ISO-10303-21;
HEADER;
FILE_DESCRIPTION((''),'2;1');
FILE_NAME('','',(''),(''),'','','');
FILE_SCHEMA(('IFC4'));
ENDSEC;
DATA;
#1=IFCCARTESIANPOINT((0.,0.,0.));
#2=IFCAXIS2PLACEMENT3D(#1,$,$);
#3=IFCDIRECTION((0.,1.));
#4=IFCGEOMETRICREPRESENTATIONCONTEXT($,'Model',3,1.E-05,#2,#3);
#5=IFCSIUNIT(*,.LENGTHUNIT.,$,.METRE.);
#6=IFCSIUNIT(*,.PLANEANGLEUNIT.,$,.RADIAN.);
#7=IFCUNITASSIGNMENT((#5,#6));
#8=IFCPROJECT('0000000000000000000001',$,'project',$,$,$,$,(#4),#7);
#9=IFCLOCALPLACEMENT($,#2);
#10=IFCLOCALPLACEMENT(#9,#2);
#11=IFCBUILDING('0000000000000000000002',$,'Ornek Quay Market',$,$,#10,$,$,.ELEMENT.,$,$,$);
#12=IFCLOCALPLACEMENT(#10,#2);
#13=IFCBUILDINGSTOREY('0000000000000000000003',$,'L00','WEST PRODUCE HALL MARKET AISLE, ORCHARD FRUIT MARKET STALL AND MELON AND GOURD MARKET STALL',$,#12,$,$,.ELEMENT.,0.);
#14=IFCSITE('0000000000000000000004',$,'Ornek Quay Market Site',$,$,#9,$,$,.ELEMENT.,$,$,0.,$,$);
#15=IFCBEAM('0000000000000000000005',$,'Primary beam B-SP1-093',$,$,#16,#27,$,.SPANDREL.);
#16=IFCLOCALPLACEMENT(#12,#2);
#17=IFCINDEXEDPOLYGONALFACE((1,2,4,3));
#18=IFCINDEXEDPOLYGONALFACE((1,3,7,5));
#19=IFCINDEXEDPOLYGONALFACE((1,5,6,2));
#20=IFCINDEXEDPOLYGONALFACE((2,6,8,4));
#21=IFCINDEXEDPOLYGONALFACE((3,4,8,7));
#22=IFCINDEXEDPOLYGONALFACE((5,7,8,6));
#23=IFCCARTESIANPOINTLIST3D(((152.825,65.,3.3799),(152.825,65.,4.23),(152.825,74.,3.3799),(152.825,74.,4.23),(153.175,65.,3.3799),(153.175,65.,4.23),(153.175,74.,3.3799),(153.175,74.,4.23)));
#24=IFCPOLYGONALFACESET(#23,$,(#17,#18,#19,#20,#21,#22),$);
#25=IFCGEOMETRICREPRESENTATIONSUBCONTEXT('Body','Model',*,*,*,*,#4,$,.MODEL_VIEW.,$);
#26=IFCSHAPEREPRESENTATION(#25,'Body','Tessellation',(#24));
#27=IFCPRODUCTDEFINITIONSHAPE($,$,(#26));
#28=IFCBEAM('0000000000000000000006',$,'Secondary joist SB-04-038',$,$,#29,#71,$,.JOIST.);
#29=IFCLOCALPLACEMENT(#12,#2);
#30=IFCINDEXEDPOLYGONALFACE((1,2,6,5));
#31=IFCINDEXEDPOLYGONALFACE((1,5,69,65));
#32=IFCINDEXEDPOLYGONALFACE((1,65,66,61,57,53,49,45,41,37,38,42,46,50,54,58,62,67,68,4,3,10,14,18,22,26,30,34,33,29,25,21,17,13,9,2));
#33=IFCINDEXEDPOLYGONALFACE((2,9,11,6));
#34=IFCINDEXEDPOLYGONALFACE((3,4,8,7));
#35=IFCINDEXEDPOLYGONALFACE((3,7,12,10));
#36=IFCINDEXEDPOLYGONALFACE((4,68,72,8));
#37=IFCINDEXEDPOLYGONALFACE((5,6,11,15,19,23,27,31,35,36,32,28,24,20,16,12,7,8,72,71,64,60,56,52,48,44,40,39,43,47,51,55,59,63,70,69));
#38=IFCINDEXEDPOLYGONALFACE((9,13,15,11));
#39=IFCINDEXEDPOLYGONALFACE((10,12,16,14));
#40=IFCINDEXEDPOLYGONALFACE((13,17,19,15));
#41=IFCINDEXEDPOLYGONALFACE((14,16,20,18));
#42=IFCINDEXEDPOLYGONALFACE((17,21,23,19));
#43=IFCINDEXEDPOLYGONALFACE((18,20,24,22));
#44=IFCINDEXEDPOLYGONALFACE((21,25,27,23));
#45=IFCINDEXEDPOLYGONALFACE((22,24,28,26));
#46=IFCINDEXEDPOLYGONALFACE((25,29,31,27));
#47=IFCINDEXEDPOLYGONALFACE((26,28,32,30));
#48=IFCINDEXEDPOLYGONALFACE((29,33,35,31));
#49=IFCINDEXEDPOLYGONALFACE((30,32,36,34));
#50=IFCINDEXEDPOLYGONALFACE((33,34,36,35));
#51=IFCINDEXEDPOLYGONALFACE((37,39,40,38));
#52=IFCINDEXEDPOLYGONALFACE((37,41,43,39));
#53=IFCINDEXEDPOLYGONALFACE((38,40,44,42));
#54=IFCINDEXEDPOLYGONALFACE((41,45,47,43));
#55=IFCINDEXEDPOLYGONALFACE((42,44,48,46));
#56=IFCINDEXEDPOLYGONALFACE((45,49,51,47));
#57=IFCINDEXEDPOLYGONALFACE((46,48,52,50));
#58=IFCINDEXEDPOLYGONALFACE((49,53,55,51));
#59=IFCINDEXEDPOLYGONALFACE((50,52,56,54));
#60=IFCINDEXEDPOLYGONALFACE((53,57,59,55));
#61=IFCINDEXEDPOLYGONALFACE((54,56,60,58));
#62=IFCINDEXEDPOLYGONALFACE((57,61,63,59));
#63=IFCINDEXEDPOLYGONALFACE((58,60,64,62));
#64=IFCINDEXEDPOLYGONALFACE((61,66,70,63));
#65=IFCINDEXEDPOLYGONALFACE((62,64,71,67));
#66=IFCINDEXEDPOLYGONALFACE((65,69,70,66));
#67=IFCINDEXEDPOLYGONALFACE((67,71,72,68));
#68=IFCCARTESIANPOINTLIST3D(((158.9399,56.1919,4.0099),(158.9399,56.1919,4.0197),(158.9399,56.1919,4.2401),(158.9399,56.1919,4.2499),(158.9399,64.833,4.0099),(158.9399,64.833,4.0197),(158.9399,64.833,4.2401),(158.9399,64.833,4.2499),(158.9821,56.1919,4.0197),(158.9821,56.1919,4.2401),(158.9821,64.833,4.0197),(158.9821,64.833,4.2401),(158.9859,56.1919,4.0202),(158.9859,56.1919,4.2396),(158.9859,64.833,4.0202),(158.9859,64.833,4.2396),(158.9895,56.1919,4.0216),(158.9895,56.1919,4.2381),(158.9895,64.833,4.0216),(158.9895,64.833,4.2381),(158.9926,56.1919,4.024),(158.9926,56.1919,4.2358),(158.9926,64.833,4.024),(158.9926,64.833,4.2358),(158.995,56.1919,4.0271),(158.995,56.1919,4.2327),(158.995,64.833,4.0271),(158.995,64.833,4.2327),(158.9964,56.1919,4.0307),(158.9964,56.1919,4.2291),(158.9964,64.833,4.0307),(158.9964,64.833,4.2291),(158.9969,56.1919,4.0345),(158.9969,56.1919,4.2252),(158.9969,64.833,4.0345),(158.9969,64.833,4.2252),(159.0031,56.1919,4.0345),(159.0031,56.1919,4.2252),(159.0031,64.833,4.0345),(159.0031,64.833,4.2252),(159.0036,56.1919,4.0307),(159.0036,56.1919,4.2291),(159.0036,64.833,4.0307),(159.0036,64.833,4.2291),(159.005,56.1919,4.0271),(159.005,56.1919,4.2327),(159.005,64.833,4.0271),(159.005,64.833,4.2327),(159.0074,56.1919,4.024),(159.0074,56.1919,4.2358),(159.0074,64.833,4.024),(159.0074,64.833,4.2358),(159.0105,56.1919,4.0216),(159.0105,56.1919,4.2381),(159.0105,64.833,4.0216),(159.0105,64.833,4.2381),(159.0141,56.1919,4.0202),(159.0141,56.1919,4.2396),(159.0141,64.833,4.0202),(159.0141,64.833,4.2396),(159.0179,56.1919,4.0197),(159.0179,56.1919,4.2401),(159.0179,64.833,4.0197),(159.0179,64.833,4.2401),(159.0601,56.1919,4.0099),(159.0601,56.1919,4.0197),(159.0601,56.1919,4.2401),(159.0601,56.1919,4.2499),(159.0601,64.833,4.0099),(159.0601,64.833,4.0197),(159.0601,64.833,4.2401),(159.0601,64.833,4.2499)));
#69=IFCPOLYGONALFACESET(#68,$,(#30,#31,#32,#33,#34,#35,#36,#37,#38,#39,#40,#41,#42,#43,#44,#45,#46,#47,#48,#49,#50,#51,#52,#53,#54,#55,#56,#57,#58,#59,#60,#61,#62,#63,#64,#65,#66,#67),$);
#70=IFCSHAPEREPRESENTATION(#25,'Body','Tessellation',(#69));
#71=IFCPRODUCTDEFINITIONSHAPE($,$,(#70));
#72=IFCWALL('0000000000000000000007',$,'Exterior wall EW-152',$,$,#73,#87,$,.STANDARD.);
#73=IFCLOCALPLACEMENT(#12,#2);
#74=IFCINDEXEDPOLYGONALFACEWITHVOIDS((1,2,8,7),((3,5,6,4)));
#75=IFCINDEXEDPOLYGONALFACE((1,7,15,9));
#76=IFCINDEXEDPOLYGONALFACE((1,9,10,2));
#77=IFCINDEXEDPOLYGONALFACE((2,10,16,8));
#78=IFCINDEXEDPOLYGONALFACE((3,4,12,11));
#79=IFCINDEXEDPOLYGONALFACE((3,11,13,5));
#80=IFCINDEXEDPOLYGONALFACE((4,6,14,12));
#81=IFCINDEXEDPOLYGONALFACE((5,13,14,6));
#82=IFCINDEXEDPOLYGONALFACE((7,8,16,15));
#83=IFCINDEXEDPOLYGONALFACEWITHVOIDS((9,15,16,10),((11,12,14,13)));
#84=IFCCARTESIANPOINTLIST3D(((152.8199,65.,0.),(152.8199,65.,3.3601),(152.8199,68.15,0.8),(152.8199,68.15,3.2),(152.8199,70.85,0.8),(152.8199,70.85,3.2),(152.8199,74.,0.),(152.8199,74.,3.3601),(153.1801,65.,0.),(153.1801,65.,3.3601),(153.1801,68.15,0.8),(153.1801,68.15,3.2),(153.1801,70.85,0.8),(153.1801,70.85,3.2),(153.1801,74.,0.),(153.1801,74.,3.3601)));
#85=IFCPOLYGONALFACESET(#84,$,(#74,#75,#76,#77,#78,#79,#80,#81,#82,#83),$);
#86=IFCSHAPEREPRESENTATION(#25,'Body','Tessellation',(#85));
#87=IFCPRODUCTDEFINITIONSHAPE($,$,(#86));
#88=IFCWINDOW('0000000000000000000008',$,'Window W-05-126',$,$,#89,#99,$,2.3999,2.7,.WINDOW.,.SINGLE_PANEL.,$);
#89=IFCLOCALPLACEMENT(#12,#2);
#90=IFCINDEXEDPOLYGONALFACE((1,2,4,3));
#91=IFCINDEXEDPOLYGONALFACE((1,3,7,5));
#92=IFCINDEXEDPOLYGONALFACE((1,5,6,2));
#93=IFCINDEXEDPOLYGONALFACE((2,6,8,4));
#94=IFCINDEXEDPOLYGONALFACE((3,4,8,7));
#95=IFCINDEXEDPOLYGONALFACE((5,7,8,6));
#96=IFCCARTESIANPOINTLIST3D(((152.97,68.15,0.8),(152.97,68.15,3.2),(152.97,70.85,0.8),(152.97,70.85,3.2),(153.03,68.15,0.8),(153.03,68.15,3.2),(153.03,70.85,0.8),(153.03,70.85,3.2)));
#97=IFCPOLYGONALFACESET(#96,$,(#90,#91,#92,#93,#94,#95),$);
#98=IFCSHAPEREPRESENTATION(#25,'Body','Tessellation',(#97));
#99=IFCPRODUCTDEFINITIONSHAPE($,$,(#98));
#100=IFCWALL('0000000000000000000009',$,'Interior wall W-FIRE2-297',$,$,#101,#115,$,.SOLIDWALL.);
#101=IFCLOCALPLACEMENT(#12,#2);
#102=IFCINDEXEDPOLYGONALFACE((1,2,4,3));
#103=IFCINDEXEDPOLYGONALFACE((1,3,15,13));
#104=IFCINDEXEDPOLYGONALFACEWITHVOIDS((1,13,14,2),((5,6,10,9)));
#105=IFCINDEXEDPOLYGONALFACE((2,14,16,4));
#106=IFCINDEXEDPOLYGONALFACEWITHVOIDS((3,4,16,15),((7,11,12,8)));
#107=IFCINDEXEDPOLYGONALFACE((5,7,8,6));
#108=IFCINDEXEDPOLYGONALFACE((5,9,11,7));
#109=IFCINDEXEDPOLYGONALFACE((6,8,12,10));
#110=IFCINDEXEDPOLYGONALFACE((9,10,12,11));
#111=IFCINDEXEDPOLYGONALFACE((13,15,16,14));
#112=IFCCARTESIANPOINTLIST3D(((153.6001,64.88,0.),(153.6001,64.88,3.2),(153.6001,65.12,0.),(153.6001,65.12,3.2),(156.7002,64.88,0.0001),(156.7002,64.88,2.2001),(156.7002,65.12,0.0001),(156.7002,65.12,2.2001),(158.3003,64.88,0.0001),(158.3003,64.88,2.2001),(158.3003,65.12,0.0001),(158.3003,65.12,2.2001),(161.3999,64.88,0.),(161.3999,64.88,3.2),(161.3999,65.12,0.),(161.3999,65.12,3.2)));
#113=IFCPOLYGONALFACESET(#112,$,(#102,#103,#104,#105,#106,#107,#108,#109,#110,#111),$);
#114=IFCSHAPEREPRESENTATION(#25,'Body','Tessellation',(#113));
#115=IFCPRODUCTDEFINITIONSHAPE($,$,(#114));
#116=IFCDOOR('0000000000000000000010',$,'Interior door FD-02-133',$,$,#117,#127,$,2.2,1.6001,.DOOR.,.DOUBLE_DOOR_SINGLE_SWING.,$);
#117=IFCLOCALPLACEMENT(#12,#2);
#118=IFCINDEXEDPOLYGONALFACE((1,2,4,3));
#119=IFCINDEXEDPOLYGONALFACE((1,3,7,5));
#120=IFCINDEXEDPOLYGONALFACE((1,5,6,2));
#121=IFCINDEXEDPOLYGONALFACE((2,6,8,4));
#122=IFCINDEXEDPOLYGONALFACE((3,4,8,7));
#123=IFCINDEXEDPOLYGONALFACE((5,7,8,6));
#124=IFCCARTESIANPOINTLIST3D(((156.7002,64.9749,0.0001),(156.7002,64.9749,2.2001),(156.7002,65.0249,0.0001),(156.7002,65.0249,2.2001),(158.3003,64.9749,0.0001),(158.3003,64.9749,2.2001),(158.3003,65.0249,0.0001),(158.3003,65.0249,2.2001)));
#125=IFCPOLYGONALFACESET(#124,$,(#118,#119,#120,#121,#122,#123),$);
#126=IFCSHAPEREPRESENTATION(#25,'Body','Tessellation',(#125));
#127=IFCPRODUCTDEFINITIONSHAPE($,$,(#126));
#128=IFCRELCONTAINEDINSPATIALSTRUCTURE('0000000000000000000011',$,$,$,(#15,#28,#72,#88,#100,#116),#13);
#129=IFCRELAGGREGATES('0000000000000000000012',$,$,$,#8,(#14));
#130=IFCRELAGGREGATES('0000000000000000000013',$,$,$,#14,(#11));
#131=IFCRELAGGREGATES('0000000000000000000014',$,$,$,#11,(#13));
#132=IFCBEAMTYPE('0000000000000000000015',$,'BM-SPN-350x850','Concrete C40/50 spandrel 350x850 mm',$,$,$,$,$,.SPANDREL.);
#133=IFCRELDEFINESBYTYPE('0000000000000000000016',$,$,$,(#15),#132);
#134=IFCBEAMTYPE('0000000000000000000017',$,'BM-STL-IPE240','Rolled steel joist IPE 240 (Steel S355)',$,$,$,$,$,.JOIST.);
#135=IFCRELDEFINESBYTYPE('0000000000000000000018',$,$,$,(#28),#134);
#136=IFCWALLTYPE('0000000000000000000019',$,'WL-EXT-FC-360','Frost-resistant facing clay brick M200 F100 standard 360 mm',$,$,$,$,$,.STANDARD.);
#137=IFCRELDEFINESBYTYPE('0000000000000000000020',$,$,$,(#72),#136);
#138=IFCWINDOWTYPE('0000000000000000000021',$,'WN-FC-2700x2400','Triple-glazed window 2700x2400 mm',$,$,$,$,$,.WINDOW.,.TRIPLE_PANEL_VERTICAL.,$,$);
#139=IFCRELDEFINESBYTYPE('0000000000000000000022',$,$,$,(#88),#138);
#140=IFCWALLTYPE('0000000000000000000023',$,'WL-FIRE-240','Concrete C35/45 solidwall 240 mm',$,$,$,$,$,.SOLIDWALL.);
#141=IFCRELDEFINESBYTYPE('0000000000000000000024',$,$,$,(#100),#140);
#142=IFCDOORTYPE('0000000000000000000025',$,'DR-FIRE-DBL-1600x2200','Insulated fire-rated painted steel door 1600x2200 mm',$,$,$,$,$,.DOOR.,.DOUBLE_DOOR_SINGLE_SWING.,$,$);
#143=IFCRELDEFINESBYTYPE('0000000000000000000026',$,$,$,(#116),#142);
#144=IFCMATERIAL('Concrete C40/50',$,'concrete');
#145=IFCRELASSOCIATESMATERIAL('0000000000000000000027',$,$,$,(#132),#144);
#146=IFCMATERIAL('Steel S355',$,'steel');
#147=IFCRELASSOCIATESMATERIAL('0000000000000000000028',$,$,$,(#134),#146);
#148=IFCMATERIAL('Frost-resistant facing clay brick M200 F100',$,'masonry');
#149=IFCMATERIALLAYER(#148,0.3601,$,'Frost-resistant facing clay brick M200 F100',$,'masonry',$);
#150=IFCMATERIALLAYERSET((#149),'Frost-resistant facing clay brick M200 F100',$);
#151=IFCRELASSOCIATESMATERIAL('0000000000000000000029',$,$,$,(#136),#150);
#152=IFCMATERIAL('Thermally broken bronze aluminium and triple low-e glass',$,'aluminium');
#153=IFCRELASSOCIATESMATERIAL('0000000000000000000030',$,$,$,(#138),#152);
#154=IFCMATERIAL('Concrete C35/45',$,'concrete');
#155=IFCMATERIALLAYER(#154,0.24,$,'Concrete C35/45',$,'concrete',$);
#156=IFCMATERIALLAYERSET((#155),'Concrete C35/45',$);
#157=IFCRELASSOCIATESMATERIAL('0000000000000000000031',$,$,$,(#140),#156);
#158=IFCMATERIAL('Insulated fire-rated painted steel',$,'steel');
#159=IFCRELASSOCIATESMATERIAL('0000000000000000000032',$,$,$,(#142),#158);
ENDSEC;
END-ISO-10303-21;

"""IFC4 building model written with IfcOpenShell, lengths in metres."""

from ifc_helpers import new_model, si_unit, direction, frame, frame_2d, origin, origin_2d, place, context, subcontext, project, spatial, rectangle, i_section, extrude, material, layer, layer_set, material_profile, profile_set, type_object, element, fill, save


model = new_model("IFC4")

# Units and contexts
model_context = context("Model", 3, precision=1e-05, world=origin(), true_north=direction((0.0, 1.0)))
body_context = subcontext(model_context, "Body", "Model", "MODEL_VIEW")
ifc_project = project(units=[si_unit("LENGTHUNIT", "METRE"), si_unit("PLANEANGLEUNIT", "RADIAN")], contexts=[model_context])

# Site, building, storey
site_placement = place(None, origin())
site = spatial("IfcSite", under=ifc_project, at=site_placement, Name="Ornek Quay Market Site", CompositionType="ELEMENT", RefElevation=0.0)
building_placement = place(site_placement, origin())
building = spatial("IfcBuilding", under=site, at=building_placement, Name="Ornek Quay Market", CompositionType="ELEMENT")
storey_placement = place(building_placement, origin())
storey = spatial("IfcBuildingStorey", under=building, at=storey_placement, Name="L00", Description="WEST PRODUCE HALL MARKET AISLE, ORCHARD FRUIT MARKET STALL AND MELON AND GOURD MARKET STALL", CompositionType="ELEMENT", Elevation=0.0)

# Shared definitions
ifc_material_1 = material(Name="Concrete C35/45", Category="concrete")

# Shared definitions
ifc_material_2 = material(Name="Concrete C40/50", Category="concrete")

# Beams
ifc_material_profile_1 = material_profile(ifc_material_2, rectangle(XDim=0.3501, YDim=0.8501, at=origin_2d()), Name="RC 350x850", Category="concrete")
ifc_profile_set_1 = profile_set([ifc_material_profile_1], Name="Concrete C40/50")
beam_type_1 = type_object("IfcBeamType", Name="BM-SPN-350x850", Description="Concrete C40/50 spandrel 350x850 mm", PredefinedType="SPANDREL", material=ifc_profile_set_1)
for number, where, z_axis, x_axis, name in (
    (1, (153.0, 65.0, 3.8049), (0.0, 1.0, 0.0), (-1.0, 0.0, 0.0), "Primary beam B-SP1-093"),
):
    element("IfcBeam", number, at=place(storey_placement, frame(where, z_axis=z_axis, x_axis=x_axis)), inside=storey, type_object=beam_type_1, Name=name, PredefinedType="SPANDREL", context=body_context, shape_type="SweptSolid", body=[
        extrude(rectangle(XDim=0.3501, YDim=0.8501, at=origin_2d()), origin(), (0.0, 0.0, 1.0), 9.0),
    ])
ifc_material_3 = material(Name="Steel S355", Category="steel")
ifc_material_profile_2 = material_profile(ifc_material_3, i_section(OverallWidth=0.1201, OverallDepth=0.24, WebThickness=0.0061, FlangeThickness=0.0098, FilletRadius=0.0149, at=origin_2d()), Name="IPE 240", Category="steel")
ifc_profile_set_2 = profile_set([ifc_material_profile_2], Name="Steel S355")
beam_type_2 = type_object("IfcBeamType", Name="BM-STL-IPE240", Description="Rolled steel joist IPE 240 (Steel S355)", PredefinedType="JOIST", material=ifc_profile_set_2)
beam_1_placement = place(storey_placement, frame((159.0, 56.1919, 4.1299), z_axis=(0.0, 1.0, 0.0), x_axis=(-1.0, 0.0, 0.0)))
element("IfcBeam", 2, at=beam_1_placement, inside=storey, type_object=beam_type_2, Name="Secondary joist SB-04-038", PredefinedType="JOIST", context=body_context, shape_type="SweptSolid", body=[
    extrude(i_section(OverallWidth=0.1201, OverallDepth=0.24, WebThickness=0.0061, FlangeThickness=0.0098, FilletRadius=0.0149, at=origin_2d()), origin(), (0.0, 0.0, 1.0), 8.6411),
])

# Wall, opening, window
ifc_material_4 = material(Name="Frost-resistant facing clay brick M200 F100", Category="masonry")
ifc_layer_1 = layer(ifc_material_4, 0.3601, Name="Frost-resistant facing clay brick M200 F100", Category="masonry")
ifc_layer_set_1 = layer_set([ifc_layer_1], Name="Frost-resistant facing clay brick M200 F100")
wall_type_1 = type_object("IfcWallType", Name="WL-EXT-FC-360", Description="Frost-resistant facing clay brick M200 F100 standard 360 mm", PredefinedType="STANDARD", material=ifc_layer_set_1)
wall_1_placement = place(storey_placement, frame((153.0, 65.0, 0.0), z_axis=(0.0, 0.0, 1.0), x_axis=(0.0, 1.0, 0.0)))
wall_1 = element("IfcWall", 3, at=wall_1_placement, inside=storey, type_object=wall_type_1, Name="Exterior wall EW-152", PredefinedType="STANDARD", context=body_context, shape_type="SweptSolid", body=[
    extrude(rectangle(XDim=9.0, YDim=0.3601, at=frame_2d((4.5, 0.0))), origin(), (0.0, 0.0, 1.0), 3.3601),
])
opening_1_placement = place(wall_1_placement, frame((3.1499, 0.0, 0.8)))
opening_1 = element("IfcOpeningElement", 4, at=opening_1_placement, cuts=wall_1, PredefinedType="OPENING", context=body_context, shape_type="SweptSolid", body=[
    extrude(rectangle(XDim=2.7, YDim=2.3999, at=frame_2d((1.3501, 1.2))), frame((0.0, 0.1899, 0.0), z_axis=(0.0, -1.0, 0.0), x_axis=(1.0, 0.0, 0.0)), (0.0, 0.0, 1.0), 0.3801),
])
ifc_material_5 = material(Name="Thermally broken bronze aluminium and triple low-e glass", Category="aluminium")
window_type = type_object("IfcWindowType", Name="WN-FC-2700x2400", Description="Triple-glazed window 2700x2400 mm", PartitioningType="TRIPLE_PANEL_VERTICAL", PredefinedType="WINDOW", material=ifc_material_5)
window_placement = place(opening_1_placement, origin())
window = element("IfcWindow", 5, at=window_placement, inside=storey, type_object=window_type, Name="Window W-05-126", OverallHeight=2.3999, OverallWidth=2.7, PartitioningType="SINGLE_PANEL", PredefinedType="WINDOW", context=body_context, shape_type="SweptSolid", body=[
    extrude(rectangle(XDim=2.7, YDim=2.3999, at=frame_2d((1.3501, 1.2))), frame((0.0, 0.03, 0.0), z_axis=(0.0, -1.0, 0.0), x_axis=(1.0, 0.0, 0.0)), (0.0, 0.0, 1.0), 0.0601),
])
fill(opening_1, window)

# Wall, opening, door
ifc_layer_2 = layer(ifc_material_1, 0.24, Name="Concrete C35/45", Category="concrete")
ifc_layer_set_2 = layer_set([ifc_layer_2], Name="Concrete C35/45")
wall_type_2 = type_object("IfcWallType", Name="WL-FIRE-240", Description="Concrete C35/45 solidwall 240 mm", PredefinedType="SOLIDWALL", material=ifc_layer_set_2)
wall_2_placement = place(storey_placement, frame((153.6001, 65.0, 0.0), z_axis=(0.0, 0.0, 1.0), x_axis=(1.0, 0.0, 0.0)))
wall_2 = element("IfcWall", 6, at=wall_2_placement, inside=storey, type_object=wall_type_2, Name="Interior wall W-FIRE2-297", PredefinedType="SOLIDWALL", context=body_context, shape_type="SweptSolid", body=[
    extrude(rectangle(XDim=7.7998, YDim=0.24, at=frame_2d((3.8999, 0.0))), origin(), (0.0, 0.0, 1.0), 3.2),
])
opening_2_placement = place(wall_2_placement, frame((3.1001, 0.0, 0.0)))
opening_2 = element("IfcOpeningElement", 7, at=opening_2_placement, cuts=wall_2, PredefinedType="OPENING", context=body_context, shape_type="SweptSolid", body=[
    extrude(rectangle(XDim=1.6001, YDim=2.2, at=frame_2d((0.8, 1.1001))), frame((0.0, 0.1299, 0.0), z_axis=(0.0, -1.0, 0.0), x_axis=(1.0, 0.0, 0.0)), (0.0, 0.0, 1.0), 0.26),
])
ifc_material_6 = material(Name="Insulated fire-rated painted steel", Category="steel")
door_type_1 = type_object("IfcDoorType", Name="DR-FIRE-DBL-1600x2200", Description="Insulated fire-rated painted steel door 1600x2200 mm", OperationType="DOUBLE_DOOR_SINGLE_SWING", PredefinedType="DOOR", material=ifc_material_6)
door_1_placement = place(opening_2_placement, origin())
door_1 = element("IfcDoor", 8, at=door_1_placement, inside=storey, type_object=door_type_1, Name="Interior door FD-02-133", OperationType="DOUBLE_DOOR_SINGLE_SWING", OverallHeight=2.2, OverallWidth=1.6001, PredefinedType="DOOR", context=body_context, shape_type="SweptSolid", body=[
    extrude(rectangle(XDim=1.6001, YDim=2.2, at=frame_2d((0.8, 1.1001))), frame((0.0, 0.0249, 0.0), z_axis=(0.0, -1.0, 0.0), x_axis=(1.0, 0.0, 0.0)), (0.0, 0.0, 1.0), 0.05),
])
fill(opening_2, door_1)

save(model, "model.ifc")
